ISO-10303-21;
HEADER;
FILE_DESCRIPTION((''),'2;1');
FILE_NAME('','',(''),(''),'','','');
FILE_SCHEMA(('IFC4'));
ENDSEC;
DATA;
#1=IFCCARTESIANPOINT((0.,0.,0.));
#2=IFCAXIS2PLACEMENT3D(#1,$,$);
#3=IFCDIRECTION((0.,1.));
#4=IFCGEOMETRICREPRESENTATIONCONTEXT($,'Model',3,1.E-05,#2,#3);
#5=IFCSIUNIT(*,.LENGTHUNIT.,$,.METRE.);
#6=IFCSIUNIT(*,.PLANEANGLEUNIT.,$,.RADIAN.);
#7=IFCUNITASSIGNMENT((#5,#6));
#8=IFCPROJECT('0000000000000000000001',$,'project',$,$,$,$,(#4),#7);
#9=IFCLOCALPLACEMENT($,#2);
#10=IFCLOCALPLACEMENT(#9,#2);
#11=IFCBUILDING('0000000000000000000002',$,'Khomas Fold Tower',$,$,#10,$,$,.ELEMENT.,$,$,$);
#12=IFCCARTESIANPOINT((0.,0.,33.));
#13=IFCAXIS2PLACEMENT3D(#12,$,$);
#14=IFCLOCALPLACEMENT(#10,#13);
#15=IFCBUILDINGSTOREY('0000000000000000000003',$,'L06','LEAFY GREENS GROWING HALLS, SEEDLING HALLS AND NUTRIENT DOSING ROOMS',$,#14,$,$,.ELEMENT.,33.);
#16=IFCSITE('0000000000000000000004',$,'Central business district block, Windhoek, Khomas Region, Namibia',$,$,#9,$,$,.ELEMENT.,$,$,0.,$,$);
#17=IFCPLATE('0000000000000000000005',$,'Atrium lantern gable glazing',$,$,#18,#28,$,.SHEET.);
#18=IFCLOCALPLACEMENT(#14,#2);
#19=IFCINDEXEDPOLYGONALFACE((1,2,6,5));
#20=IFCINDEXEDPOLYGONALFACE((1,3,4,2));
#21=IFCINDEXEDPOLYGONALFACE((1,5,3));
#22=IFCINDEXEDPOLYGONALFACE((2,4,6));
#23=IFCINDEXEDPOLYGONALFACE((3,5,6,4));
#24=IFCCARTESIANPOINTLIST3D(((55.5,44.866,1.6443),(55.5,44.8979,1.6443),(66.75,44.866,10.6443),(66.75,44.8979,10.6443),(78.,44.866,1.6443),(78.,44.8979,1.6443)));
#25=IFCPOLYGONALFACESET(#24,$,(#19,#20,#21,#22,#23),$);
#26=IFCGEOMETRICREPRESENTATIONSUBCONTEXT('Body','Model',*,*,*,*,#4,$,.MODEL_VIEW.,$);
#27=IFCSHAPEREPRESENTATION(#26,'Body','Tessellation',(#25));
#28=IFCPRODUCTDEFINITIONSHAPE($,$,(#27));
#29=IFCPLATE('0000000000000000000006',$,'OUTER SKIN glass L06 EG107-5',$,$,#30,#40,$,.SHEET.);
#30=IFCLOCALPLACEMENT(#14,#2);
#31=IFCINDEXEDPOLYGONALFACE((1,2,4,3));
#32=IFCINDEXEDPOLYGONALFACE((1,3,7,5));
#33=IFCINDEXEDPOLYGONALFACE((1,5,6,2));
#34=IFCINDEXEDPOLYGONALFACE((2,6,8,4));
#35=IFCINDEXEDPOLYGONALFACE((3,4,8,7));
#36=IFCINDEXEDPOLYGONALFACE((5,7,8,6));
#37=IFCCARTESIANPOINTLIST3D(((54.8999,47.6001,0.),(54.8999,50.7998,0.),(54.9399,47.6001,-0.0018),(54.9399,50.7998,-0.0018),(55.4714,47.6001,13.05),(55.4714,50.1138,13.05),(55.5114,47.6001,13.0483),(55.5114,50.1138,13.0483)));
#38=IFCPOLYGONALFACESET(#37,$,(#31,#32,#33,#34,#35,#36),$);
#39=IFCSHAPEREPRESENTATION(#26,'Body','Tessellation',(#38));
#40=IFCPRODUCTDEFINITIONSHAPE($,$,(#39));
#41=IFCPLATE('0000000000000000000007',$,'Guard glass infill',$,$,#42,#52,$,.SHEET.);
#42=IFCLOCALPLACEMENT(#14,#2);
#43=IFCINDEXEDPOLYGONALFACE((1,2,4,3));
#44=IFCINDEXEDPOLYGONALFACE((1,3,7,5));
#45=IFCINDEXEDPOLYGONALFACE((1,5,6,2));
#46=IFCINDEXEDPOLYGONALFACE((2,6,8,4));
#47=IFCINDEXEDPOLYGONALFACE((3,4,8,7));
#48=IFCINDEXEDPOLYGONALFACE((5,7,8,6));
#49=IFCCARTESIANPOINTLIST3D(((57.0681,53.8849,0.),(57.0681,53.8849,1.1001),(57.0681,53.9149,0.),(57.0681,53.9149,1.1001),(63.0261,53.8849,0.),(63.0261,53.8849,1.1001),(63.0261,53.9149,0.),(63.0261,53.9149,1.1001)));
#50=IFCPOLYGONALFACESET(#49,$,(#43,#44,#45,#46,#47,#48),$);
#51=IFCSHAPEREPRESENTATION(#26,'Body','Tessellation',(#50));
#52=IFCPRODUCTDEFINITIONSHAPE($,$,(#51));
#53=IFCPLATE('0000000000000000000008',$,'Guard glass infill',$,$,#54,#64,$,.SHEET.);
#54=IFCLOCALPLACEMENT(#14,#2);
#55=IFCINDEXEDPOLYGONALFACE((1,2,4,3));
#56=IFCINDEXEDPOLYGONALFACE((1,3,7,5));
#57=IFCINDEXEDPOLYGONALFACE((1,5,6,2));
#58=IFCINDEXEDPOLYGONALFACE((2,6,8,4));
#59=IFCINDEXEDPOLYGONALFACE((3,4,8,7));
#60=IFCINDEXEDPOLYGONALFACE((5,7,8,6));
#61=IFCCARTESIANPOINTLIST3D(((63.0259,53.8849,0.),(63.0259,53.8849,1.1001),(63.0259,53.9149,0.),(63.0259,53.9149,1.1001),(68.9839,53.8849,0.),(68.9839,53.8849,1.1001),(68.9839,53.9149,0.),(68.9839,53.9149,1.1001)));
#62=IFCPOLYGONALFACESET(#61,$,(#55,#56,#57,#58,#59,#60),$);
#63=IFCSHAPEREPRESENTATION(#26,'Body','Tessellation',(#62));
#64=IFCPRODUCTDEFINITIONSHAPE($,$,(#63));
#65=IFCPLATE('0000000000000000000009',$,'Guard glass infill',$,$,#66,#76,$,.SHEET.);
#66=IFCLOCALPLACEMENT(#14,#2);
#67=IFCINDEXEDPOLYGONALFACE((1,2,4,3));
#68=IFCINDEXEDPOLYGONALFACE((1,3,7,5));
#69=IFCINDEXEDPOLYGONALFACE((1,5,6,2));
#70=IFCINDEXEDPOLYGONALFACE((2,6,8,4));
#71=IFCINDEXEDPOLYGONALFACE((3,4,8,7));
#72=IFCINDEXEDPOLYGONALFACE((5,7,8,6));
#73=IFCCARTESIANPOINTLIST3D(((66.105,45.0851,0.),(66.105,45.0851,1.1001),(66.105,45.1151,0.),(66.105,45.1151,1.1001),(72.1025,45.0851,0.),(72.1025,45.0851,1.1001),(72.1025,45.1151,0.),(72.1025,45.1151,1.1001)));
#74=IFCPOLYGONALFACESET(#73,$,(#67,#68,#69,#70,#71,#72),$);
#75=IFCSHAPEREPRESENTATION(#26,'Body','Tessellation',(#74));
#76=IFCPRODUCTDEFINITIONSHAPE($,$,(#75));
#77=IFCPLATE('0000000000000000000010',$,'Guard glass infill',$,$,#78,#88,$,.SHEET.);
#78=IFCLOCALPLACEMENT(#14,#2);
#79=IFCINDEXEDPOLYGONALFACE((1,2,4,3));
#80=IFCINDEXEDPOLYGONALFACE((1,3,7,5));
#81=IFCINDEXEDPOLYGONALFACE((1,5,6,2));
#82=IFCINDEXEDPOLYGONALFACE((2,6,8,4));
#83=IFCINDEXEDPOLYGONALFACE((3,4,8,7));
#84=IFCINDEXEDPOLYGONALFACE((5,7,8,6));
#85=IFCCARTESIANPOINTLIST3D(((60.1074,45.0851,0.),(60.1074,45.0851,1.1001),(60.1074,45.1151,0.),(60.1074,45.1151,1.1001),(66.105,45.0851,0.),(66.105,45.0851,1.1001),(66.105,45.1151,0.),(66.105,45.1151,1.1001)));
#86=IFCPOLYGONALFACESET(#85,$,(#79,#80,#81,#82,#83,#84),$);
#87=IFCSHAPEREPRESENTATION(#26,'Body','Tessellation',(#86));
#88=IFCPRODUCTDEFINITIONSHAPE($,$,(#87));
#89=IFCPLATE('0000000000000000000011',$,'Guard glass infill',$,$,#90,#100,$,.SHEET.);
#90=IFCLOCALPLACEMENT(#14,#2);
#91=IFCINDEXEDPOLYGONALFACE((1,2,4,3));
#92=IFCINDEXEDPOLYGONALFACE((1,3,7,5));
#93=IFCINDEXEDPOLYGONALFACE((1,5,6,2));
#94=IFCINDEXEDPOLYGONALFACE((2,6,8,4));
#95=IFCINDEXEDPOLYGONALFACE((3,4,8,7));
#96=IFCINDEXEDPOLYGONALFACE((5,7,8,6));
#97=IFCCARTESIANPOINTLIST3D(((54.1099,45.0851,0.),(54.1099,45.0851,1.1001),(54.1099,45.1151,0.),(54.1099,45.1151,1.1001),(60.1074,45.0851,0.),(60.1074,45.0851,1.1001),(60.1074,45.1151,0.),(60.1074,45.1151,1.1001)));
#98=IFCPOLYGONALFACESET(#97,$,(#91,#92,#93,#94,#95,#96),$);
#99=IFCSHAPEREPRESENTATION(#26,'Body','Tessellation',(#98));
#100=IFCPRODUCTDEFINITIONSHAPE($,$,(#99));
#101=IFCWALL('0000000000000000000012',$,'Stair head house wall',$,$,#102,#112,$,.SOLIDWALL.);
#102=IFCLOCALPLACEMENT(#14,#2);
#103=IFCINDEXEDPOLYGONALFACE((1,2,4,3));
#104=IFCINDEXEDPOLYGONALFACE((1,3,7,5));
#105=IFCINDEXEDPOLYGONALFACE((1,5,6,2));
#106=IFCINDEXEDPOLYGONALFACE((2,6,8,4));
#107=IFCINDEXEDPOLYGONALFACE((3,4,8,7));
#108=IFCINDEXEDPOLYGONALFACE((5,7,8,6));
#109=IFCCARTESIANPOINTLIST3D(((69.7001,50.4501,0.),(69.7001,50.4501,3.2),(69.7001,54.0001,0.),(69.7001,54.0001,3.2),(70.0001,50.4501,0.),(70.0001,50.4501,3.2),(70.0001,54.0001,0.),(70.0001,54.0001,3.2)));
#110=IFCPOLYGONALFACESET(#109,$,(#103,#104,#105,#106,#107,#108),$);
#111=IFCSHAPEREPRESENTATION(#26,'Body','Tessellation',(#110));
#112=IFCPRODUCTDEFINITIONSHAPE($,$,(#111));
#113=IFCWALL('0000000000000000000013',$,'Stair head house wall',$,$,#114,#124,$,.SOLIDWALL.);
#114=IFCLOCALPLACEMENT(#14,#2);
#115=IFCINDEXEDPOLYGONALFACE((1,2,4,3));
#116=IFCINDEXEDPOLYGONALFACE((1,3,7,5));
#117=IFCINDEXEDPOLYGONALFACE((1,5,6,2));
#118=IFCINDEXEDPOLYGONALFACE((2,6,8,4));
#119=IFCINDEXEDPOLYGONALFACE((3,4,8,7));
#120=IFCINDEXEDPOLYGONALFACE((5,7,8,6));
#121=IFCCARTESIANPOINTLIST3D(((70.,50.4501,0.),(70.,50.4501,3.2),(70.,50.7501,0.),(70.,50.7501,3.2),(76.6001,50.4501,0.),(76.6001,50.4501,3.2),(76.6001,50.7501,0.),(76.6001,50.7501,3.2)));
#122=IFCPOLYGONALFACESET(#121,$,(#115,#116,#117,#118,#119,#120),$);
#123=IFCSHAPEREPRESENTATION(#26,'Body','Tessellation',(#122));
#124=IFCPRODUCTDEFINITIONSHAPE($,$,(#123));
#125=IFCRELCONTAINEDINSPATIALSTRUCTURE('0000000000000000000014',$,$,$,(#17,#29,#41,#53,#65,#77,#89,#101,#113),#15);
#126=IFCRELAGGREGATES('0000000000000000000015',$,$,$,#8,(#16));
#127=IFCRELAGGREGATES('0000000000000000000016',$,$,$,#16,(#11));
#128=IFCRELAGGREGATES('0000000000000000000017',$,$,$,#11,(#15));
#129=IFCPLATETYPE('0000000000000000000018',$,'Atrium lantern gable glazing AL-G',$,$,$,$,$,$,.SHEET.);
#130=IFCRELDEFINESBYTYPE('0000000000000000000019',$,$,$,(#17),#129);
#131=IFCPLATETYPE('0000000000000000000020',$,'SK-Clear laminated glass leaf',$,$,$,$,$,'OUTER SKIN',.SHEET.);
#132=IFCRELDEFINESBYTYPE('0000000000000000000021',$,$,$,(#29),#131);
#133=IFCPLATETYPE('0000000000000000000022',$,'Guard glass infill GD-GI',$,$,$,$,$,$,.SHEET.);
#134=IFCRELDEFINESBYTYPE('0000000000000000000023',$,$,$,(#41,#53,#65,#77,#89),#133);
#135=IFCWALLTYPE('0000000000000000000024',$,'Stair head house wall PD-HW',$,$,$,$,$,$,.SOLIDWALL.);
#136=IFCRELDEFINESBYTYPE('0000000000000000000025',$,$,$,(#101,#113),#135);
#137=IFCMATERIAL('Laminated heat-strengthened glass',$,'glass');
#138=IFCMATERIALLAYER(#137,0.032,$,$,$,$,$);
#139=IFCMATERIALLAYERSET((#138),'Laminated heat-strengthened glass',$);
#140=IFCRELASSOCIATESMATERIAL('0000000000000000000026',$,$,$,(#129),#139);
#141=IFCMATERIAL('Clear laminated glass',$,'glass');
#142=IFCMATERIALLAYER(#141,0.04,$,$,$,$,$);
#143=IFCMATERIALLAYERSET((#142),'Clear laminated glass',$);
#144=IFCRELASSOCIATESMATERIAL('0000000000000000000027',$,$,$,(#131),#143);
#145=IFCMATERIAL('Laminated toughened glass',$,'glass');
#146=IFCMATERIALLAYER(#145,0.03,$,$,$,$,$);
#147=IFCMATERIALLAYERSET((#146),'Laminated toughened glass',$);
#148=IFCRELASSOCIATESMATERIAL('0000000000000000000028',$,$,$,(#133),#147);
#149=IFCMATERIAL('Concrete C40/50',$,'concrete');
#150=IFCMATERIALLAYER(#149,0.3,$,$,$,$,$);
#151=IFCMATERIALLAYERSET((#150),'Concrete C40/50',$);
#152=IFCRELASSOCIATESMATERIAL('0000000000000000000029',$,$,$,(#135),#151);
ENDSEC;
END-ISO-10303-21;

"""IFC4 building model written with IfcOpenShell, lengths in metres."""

from ifc_helpers import new_model, si_unit, direction, frame, frame_2d, origin, origin_2d, place, context, subcontext, project, spatial, polyline, rectangle, outline, extrude, source, transform, mapped, material, layer, layer_set, type_object, element, save


model = new_model("IFC4")

# Units and contexts
model_context = context("Model", 3, precision=1e-05, world=origin(), true_north=direction((0.0, 1.0)))
body_context = subcontext(model_context, "Body", "Model", "MODEL_VIEW")
ifc_project = project(units=[si_unit("LENGTHUNIT", "METRE"), si_unit("PLANEANGLEUNIT", "RADIAN")], contexts=[model_context])

# Site, building, storey
site_placement = place(None, origin())
site = spatial("IfcSite", under=ifc_project, at=site_placement, Name="Central business district block, Windhoek, Khomas Region, Namibia", CompositionType="ELEMENT", RefElevation=0.0)
building_placement = place(site_placement, origin())
building = spatial("IfcBuilding", under=site, at=building_placement, Name="Khomas Fold Tower", CompositionType="ELEMENT")
storey_placement = place(building_placement, frame((0.0, 0.0, 33.0)))
storey = spatial("IfcBuildingStorey", under=building, at=storey_placement, Name="L06", Description="LEAFY GREENS GROWING HALLS, SEEDLING HALLS AND NUTRIENT DOSING ROOMS", CompositionType="ELEMENT", Elevation=33.0)

# Plates
ifc_material_1 = material(Name="Laminated heat-strengthened glass", Category="glass")
ifc_layer_1 = layer(ifc_material_1, 0.032)
ifc_layer_set_1 = layer_set([ifc_layer_1], Name="Laminated heat-strengthened glass")
plate_type_1 = type_object("IfcPlateType", Name="Atrium lantern gable glazing AL-G", PredefinedType="SHEET", material=ifc_layer_set_1)
plate_1_placement = place(storey_placement, frame((55.5, 44.866, 1.6443), z_axis=(0.0, -1.0, 0.0), x_axis=(1.0, 0.0, 0.0)))
element("IfcPlate", 1, at=plate_1_placement, inside=storey, type_object=plate_type_1, Name="Atrium lantern gable glazing", PredefinedType="SHEET", context=body_context, shape_type="SweptSolid", body=[
    extrude(outline(polyline([(0.0, 0.0), (22.5, 0.0), (11.25, 9.0), (0.0, 0.0)])), origin(), (0.0, 0.0, -1.0), 0.032),
])
ifc_material_2 = material(Name="Clear laminated glass", Category="glass")
ifc_layer_2 = layer(ifc_material_2, 0.04)
ifc_layer_set_2 = layer_set([ifc_layer_2], Name="Clear laminated glass")
plate_type_2 = type_object("IfcPlateType", Name="SK-Clear laminated glass leaf", ElementType="OUTER SKIN", PredefinedType="SHEET", material=ifc_layer_set_2)
plate_2_placement = place(storey_placement, frame((55.4714, 47.6001, 13.05), z_axis=(-0.999042, 0.0, 0.043754), x_axis=(0.0, 1.0, 0.0)))
element("IfcPlate", 2, at=plate_2_placement, inside=storey, type_object=plate_type_2, Name="OUTER SKIN glass L06 EG107-5", PredefinedType="SHEET", context=body_context, shape_type="SweptSolid", body=[
    extrude(outline(polyline([(0.0, 0.0), (2.5137, 0.0), (3.1997, 13.0626), (0.0, 13.0626), (0.0, 0.0)])), origin(), (0.0, 0.0, -1.0), 0.04),
])
ifc_material_3 = material(Name="Laminated toughened glass", Category="glass")
ifc_layer_3 = layer(ifc_material_3, 0.03)
ifc_layer_set_3 = layer_set([ifc_layer_3], Name="Laminated toughened glass")
plate_type_3 = type_object("IfcPlateType", Name="Guard glass infill GD-GI", PredefinedType="SHEET", material=ifc_layer_set_3)
shared_shape_1 = source(origin(), body_context, "Body", "SweptSolid", [
    extrude(rectangle(XDim=5.958, YDim=0.03, at=origin_2d()), origin(), (0.0, 0.0, 1.0), 1.1001),
])
for number, where, z_axis, x_axis, name in (
    (3, (60.0471, 53.8999, 0.0), (0.0, 0.0, 1.0), (1.0, 0.0, 0.0), "Guard glass infill"),
    (4, (66.0049, 53.8999, 0.0), (0.0, 0.0, 1.0), (1.0, 0.0, 0.0), "Guard glass infill"),
):
    element("IfcPlate", number, at=place(storey_placement, frame(where, z_axis=z_axis, x_axis=x_axis)), inside=storey, type_object=plate_type_3, Name=name, PredefinedType="SHEET", context=body_context, shape_type="MappedRepresentation", body=[
        mapped(shared_shape_1, transform((0.0, 0.0, 0.0))),
    ])
shared_shape_2 = source(origin(), body_context, "Body", "SweptSolid", [
    extrude(rectangle(XDim=5.9976, YDim=0.03, at=origin_2d()), origin(), (0.0, 0.0, 1.0), 1.1001),
])
for number, where, z_axis, x_axis, name in (
    (5, (69.1038, 45.1001, 0.0), (0.0, 0.0, 1.0), (-1.0, 0.0, 0.0), "Guard glass infill"),
    (6, (63.1062, 45.1001, 0.0), (0.0, 0.0, 1.0), (-1.0, 0.0, 0.0), "Guard glass infill"),
    (7, (57.1086, 45.1001, 0.0), (0.0, 0.0, 1.0), (-1.0, 0.0, 0.0), "Guard glass infill"),
):
    element("IfcPlate", number, at=place(storey_placement, frame(where, z_axis=z_axis, x_axis=x_axis)), inside=storey, type_object=plate_type_3, Name=name, PredefinedType="SHEET", context=body_context, shape_type="MappedRepresentation", body=[
        mapped(shared_shape_2, transform((0.0, 0.0, 0.0))),
    ])

# Walls
ifc_material_4 = material(Name="Concrete C40/50", Category="concrete")
ifc_layer_4 = layer(ifc_material_4, 0.3)
ifc_layer_set_4 = layer_set([ifc_layer_4], Name="Concrete C40/50")
wall_type = type_object("IfcWallType", Name="Stair head house wall PD-HW", PredefinedType="SOLIDWALL", material=ifc_layer_set_4)
shared_shape_3 = source(origin(), body_context, "Body", "SweptSolid", [
    extrude(rectangle(XDim=3.55, YDim=0.3, at=frame_2d((1.7749, 0.0))), origin(), (0.0, 0.0, 1.0), 3.2),
])
wall_1_placement = place(storey_placement, frame((69.8501, 54.0, 0.0), z_axis=(0.0, 0.0, 1.0), x_axis=(0.0, -1.0, 0.0)))
element("IfcWall", 8, at=wall_1_placement, inside=storey, type_object=wall_type, Name="Stair head house wall", PredefinedType="SOLIDWALL", context=body_context, shape_type="MappedRepresentation", body=[
    mapped(shared_shape_3, transform((0.0, 0.0, 0.0))),
])
shared_shape_4 = source(origin(), body_context, "Body", "SweptSolid", [
    extrude(rectangle(XDim=6.6001, YDim=0.3, at=frame_2d((3.3, 0.0))), origin(), (0.0, 0.0, 1.0), 3.2),
])
wall_2_placement = place(storey_placement, frame((70.0, 50.6001, 0.0), z_axis=(0.0, 0.0, 1.0), x_axis=(1.0, 0.0, 0.0)))
element("IfcWall", 9, at=wall_2_placement, inside=storey, type_object=wall_type, Name="Stair head house wall", PredefinedType="SOLIDWALL", context=body_context, shape_type="MappedRepresentation", body=[
    mapped(shared_shape_4, transform((0.0, 0.0, 0.0))),
])

save(model, "model.ifc")
